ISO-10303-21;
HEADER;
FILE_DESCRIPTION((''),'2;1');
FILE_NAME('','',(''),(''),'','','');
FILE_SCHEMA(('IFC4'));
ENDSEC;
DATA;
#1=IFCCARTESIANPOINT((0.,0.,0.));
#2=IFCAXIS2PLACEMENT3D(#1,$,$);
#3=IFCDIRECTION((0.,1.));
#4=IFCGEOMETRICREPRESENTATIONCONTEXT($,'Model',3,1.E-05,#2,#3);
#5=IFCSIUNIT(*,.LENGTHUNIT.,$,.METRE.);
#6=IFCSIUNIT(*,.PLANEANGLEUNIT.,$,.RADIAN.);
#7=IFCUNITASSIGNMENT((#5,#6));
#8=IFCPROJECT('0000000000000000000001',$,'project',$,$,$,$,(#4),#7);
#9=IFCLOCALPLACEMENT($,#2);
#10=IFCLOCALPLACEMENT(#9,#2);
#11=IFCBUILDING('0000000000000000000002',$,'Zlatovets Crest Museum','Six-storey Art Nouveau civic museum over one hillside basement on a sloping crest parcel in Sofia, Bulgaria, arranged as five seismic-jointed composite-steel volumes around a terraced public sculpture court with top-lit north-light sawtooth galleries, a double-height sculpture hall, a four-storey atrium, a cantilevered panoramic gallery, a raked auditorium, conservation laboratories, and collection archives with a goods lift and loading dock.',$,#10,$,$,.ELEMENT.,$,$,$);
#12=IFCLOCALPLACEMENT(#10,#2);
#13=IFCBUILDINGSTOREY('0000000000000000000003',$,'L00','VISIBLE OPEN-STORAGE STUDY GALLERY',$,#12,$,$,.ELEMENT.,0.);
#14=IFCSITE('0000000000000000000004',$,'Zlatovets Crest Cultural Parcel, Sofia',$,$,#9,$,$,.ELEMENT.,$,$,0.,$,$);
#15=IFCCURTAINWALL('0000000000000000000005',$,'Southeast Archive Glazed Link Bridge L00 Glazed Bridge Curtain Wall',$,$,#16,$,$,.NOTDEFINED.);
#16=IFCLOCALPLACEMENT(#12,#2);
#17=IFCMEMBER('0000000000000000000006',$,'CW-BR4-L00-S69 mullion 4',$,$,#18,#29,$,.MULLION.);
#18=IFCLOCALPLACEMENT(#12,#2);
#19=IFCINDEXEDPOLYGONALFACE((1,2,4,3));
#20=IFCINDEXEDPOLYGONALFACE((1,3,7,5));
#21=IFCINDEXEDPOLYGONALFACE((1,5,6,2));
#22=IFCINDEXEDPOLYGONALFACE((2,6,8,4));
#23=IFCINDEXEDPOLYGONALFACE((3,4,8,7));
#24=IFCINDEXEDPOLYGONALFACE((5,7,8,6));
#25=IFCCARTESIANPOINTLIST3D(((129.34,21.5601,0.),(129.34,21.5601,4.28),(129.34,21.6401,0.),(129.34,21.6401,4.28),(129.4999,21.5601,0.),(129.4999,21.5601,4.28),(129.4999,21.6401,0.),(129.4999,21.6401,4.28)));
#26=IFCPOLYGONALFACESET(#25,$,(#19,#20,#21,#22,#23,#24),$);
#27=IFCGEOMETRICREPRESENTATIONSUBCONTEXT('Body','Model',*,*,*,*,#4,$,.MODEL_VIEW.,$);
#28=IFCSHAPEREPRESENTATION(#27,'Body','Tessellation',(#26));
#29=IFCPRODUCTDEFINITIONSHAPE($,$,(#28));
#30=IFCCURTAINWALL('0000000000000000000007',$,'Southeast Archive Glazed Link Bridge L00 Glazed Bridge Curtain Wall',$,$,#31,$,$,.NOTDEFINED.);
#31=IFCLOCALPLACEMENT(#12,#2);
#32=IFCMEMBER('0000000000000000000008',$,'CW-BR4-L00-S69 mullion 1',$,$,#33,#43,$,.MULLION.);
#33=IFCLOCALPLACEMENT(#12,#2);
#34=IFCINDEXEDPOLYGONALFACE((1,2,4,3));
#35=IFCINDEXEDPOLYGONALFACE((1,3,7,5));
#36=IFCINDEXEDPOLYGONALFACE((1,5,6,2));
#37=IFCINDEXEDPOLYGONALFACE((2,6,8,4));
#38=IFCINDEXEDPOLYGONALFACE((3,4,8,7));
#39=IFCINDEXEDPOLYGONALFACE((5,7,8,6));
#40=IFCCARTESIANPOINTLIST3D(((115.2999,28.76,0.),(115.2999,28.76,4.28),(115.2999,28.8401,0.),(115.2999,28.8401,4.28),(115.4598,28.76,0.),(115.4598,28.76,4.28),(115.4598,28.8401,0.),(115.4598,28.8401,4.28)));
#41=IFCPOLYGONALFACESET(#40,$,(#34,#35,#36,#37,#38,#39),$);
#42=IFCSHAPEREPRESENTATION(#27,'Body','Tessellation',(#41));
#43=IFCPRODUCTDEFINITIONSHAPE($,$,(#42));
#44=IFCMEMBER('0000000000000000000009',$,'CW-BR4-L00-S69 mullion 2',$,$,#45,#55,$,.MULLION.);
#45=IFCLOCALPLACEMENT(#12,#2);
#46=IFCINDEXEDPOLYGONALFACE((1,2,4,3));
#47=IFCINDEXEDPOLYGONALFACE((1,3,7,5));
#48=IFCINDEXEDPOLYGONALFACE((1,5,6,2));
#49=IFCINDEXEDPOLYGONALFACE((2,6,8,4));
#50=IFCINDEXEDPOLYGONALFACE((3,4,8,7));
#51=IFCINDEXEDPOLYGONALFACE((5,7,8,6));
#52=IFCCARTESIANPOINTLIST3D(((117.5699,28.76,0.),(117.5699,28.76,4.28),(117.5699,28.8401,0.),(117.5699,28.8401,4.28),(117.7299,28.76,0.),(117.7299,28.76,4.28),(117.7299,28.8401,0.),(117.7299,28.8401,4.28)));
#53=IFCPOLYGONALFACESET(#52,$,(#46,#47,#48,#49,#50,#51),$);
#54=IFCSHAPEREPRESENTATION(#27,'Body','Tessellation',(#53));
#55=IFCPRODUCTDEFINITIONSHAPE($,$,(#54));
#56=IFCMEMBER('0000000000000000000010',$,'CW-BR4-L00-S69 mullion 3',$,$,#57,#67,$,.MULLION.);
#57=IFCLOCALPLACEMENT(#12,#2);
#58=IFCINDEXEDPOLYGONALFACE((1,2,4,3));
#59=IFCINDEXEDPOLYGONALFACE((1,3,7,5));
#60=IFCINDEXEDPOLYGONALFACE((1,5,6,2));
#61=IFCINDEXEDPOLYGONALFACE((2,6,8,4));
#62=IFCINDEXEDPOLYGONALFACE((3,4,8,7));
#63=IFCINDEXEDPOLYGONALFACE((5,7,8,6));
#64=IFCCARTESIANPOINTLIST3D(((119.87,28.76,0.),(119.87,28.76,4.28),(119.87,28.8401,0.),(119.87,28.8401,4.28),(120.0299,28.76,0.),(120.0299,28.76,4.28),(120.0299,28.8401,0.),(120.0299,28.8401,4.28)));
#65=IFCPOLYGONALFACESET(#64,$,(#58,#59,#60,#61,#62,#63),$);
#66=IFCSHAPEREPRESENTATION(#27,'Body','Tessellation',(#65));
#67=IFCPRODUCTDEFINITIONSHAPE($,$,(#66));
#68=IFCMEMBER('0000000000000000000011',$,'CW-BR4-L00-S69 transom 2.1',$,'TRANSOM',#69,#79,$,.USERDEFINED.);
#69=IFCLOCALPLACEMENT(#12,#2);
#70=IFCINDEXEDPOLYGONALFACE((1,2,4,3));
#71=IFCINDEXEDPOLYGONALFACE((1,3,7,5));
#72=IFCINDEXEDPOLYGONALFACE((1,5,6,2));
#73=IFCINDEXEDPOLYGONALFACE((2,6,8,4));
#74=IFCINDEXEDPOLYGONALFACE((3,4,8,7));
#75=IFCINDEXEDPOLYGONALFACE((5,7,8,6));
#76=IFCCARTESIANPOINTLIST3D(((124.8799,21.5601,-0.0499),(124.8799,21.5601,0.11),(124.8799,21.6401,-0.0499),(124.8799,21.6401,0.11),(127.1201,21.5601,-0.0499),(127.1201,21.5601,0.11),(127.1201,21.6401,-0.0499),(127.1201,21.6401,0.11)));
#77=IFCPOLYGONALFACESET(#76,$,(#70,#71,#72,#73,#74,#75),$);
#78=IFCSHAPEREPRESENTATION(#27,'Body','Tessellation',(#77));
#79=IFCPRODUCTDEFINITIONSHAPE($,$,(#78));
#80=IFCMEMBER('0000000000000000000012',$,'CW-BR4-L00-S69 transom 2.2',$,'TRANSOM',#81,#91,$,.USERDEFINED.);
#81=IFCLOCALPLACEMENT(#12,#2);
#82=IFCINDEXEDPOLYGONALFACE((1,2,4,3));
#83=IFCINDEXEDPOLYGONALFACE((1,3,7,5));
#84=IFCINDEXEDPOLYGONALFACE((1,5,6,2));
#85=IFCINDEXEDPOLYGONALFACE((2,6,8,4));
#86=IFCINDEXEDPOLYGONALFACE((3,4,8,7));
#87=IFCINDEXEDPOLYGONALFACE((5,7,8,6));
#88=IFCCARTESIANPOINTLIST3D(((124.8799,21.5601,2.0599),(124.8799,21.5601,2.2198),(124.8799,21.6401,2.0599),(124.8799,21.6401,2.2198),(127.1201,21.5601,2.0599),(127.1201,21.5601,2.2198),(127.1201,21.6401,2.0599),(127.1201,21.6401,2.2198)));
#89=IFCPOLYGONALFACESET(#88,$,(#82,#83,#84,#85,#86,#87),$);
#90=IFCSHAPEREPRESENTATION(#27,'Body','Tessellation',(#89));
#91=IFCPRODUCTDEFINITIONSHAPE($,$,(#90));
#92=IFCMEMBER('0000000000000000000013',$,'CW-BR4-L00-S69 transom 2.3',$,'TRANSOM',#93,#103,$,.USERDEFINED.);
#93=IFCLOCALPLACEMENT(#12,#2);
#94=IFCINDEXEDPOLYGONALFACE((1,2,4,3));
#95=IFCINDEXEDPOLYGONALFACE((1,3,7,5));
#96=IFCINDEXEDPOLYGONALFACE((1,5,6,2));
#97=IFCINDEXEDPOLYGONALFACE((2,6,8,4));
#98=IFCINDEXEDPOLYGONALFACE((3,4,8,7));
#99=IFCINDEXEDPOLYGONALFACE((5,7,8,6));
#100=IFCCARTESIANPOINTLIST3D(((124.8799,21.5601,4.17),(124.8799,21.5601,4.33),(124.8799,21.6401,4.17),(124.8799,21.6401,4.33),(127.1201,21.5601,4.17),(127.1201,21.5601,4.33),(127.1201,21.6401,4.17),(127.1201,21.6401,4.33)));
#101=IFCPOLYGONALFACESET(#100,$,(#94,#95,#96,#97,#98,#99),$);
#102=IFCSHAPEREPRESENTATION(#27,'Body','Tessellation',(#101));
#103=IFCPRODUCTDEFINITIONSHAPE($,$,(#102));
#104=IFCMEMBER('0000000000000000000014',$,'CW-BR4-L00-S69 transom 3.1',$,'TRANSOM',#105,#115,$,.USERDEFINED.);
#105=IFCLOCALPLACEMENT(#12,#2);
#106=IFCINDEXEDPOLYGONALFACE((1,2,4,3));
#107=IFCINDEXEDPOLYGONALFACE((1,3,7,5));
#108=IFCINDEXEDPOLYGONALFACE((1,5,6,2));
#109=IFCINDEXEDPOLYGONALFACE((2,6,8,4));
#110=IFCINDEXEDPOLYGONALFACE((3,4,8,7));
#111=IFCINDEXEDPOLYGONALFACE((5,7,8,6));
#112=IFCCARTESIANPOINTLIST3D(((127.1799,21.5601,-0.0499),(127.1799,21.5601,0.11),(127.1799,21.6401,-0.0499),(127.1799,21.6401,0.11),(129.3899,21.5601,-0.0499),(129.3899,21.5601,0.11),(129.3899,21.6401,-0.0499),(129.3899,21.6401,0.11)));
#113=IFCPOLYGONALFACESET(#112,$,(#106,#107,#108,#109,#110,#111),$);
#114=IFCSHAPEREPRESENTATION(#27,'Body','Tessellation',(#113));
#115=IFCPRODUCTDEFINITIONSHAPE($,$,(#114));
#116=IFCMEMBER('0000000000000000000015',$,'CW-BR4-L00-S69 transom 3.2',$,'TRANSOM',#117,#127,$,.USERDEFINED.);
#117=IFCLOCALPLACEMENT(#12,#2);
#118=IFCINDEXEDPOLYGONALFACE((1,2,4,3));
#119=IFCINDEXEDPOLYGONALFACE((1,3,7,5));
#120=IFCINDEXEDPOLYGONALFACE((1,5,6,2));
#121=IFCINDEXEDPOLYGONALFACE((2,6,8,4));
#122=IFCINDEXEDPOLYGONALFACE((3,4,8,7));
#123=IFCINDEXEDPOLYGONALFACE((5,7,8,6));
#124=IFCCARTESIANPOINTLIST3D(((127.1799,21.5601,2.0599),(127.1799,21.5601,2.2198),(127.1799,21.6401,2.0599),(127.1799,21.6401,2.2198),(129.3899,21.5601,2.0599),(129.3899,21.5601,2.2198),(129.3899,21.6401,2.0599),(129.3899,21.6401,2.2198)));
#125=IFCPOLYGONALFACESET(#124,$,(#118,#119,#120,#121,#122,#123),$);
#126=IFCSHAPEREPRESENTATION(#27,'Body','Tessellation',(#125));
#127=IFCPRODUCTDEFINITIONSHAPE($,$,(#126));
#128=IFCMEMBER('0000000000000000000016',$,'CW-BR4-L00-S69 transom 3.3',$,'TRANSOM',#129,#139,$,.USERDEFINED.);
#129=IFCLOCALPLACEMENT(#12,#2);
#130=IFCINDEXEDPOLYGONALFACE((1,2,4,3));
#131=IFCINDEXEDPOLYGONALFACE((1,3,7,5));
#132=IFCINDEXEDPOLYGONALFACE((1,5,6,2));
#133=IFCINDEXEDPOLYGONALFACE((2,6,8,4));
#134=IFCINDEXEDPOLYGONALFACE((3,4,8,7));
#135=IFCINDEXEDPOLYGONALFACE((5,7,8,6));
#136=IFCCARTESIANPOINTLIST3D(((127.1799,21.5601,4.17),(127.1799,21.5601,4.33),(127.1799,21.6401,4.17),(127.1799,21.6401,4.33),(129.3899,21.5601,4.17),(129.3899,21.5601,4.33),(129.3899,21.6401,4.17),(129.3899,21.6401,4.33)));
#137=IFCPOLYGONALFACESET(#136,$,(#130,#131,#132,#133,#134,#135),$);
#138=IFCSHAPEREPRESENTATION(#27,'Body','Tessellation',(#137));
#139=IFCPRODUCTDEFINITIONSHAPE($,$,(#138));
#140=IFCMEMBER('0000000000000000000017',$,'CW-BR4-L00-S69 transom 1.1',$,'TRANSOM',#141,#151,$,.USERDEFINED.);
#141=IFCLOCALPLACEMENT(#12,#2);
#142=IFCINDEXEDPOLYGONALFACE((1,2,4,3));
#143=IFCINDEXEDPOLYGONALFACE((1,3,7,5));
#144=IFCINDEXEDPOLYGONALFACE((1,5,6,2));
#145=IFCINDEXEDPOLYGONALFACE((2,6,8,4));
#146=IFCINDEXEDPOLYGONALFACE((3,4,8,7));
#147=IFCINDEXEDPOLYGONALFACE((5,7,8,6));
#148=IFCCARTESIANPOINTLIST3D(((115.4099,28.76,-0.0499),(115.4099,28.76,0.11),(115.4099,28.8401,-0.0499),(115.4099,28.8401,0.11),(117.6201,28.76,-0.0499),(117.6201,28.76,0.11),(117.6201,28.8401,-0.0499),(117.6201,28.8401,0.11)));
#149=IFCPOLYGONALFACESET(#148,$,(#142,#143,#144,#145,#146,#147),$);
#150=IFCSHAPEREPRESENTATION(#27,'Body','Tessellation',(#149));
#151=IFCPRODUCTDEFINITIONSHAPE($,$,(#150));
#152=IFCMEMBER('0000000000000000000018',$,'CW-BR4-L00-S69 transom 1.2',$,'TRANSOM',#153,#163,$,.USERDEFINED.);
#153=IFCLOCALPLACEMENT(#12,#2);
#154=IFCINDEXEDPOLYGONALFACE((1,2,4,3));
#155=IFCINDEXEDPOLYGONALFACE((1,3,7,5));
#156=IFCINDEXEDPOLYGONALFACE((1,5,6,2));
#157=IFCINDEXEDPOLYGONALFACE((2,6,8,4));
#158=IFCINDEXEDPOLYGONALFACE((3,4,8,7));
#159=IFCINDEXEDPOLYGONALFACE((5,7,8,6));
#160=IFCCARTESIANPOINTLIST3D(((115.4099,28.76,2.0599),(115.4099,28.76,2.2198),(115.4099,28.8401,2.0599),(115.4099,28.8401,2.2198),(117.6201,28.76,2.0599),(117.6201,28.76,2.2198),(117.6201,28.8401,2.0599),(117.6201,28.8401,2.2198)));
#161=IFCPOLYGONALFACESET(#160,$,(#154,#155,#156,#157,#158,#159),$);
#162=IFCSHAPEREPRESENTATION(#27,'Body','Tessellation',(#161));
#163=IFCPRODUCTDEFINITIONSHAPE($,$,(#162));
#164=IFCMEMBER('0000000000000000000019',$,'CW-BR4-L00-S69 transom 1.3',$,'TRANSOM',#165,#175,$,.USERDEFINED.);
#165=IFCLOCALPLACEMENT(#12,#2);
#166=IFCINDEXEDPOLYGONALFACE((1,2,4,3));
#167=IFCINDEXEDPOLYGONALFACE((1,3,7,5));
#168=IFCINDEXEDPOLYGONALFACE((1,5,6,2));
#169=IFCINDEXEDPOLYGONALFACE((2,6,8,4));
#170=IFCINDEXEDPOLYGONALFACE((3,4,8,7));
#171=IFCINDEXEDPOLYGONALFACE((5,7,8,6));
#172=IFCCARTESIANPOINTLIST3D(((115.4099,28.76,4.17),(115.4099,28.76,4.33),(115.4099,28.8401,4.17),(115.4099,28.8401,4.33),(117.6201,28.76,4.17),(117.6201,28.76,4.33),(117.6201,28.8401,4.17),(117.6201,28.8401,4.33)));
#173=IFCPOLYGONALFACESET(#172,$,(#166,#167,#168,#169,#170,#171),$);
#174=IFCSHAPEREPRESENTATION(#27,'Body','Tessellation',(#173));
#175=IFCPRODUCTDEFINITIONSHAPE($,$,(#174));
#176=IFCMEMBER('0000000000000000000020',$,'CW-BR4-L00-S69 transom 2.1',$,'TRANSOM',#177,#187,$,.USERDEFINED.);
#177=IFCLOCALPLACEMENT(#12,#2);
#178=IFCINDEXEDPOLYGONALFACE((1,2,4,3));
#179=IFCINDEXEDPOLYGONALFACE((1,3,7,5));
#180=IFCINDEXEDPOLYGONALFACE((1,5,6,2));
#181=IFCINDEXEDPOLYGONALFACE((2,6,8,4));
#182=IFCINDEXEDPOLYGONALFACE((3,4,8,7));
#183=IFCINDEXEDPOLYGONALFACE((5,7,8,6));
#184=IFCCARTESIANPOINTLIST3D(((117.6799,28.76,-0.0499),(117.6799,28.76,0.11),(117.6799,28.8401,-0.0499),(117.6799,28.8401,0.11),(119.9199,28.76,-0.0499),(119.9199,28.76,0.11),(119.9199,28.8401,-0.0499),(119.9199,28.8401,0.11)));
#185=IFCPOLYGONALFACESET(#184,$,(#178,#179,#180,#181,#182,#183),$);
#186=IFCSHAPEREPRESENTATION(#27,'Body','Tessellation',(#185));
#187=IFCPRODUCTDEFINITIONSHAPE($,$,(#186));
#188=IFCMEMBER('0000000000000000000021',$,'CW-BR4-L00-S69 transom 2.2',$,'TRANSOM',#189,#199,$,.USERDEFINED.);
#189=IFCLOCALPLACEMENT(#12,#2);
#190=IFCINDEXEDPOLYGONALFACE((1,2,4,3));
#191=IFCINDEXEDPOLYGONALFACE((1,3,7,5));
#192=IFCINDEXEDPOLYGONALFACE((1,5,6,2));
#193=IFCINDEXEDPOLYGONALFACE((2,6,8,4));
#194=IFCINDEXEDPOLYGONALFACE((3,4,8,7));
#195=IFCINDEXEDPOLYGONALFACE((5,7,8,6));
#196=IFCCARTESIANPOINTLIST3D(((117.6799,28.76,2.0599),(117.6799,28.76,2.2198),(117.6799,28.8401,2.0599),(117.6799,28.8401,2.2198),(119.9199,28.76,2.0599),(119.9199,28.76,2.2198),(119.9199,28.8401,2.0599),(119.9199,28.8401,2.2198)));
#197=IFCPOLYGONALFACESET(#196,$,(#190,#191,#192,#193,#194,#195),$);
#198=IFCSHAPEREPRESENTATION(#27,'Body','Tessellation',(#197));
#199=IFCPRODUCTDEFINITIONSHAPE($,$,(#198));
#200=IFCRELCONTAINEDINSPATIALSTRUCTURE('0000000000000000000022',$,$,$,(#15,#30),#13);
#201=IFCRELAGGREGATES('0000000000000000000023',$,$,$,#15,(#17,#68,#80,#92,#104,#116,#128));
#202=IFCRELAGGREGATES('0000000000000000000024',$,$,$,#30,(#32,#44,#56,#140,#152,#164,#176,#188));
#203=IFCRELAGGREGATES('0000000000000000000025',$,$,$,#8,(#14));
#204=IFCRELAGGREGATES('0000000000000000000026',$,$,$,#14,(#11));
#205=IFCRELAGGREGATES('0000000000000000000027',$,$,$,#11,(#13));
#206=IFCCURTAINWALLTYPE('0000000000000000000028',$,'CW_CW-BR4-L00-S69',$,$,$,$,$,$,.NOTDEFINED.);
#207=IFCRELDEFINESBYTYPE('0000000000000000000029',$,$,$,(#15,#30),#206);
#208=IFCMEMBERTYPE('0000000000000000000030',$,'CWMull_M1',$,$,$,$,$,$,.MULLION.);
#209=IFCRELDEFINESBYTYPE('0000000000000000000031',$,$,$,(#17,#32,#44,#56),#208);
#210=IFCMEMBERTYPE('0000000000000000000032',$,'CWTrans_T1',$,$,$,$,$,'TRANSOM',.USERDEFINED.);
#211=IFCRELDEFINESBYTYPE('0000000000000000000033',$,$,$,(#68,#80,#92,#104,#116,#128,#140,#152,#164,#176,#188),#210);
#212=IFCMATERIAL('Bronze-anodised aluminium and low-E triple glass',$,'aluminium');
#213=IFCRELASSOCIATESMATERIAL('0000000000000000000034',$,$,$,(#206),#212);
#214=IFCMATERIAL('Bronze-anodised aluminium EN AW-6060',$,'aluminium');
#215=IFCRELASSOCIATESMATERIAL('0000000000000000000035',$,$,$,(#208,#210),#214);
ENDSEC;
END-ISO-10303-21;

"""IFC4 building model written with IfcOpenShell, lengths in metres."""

from ifc_helpers import new_model, si_unit, direction, frame, origin, origin_2d, place, context, subcontext, project, spatial, rectangle, extrude, material, material_profile, profile_set, type_object, element, aggregate, save


model = new_model("IFC4")

# Units and contexts
model_context = context("Model", 3, precision=1e-05, world=origin(), true_north=direction((0.0, 1.0)))
body_context = subcontext(model_context, "Body", "Model", "MODEL_VIEW")
ifc_project = project(units=[si_unit("LENGTHUNIT", "METRE"), si_unit("PLANEANGLEUNIT", "RADIAN")], contexts=[model_context])

# Site, building, storey
site_placement = place(None, origin())
site = spatial("IfcSite", under=ifc_project, at=site_placement, Name="Zlatovets Crest Cultural Parcel, Sofia", CompositionType="ELEMENT", RefElevation=0.0)
building_placement = place(site_placement, origin())
building = spatial("IfcBuilding", under=site, at=building_placement, Name="Zlatovets Crest Museum", Description="Six-storey Art Nouveau civic museum over one hillside basement on a sloping crest parcel in Sofia, Bulgaria, arranged as five seismic-jointed composite-steel volumes around a terraced public sculpture court with top-lit north-light sawtooth galleries, a double-height sculpture hall, a four-storey atrium, a cantilevered panoramic gallery, a raked auditorium, conservation laboratories, and collection archives with a goods lift and loading dock.", CompositionType="ELEMENT")
storey_placement = place(building_placement, origin())
storey = spatial("IfcBuildingStorey", under=building, at=storey_placement, Name="L00", Description="VISIBLE OPEN-STORAGE STUDY GALLERY", CompositionType="ELEMENT", Elevation=0.0)

# Curtain walls, members
ifc_material_1 = material(Name="Bronze-anodised aluminium and low-E triple glass", Category="aluminium")
curtain_wall_type = type_object("IfcCurtainWallType", Name="CW_CW-BR4-L00-S69", PredefinedType="NOTDEFINED", material=ifc_material_1)
curtain_wall_1_placement = place(storey_placement, origin())
curtain_wall_1 = element("IfcCurtainWall", 1, at=curtain_wall_1_placement, inside=storey, type_object=curtain_wall_type, Name="Southeast Archive Glazed Link Bridge L00 Glazed Bridge Curtain Wall", PredefinedType="NOTDEFINED")
ifc_material_2 = material(Name="Bronze-anodised aluminium EN AW-6060", Category="aluminium")
ifc_material_profile_1 = material_profile(ifc_material_2, rectangle(XDim=0.0801, YDim=0.1599, at=origin_2d()), Name="ALU 80x160")
ifc_profile_set_1 = profile_set([ifc_material_profile_1], Name="Bronze-anodised aluminium EN AW-6060")
member_type_1 = type_object("IfcMemberType", Name="CWMull_M1", PredefinedType="MULLION", material=ifc_profile_set_1)
member_1_placement = place(storey_placement, frame((129.4199, 21.6001, 0.0), z_axis=(0.0, 0.0, 1.0), x_axis=(0.0, 1.0, 0.0)))
member_1 = element("IfcMember", 2, at=member_1_placement, type_object=member_type_1, Name="CW-BR4-L00-S69 mullion 4", PredefinedType="MULLION", context=body_context, shape_type="SweptSolid", body=[
    extrude(rectangle(XDim=0.0801, YDim=0.1599, at=origin_2d()), origin(), (0.0, 0.0, 1.0), 4.28),
])
curtain_wall_2_placement = place(storey_placement, origin())
curtain_wall_2 = element("IfcCurtainWall", 3, at=curtain_wall_2_placement, inside=storey, type_object=curtain_wall_type, Name="Southeast Archive Glazed Link Bridge L00 Glazed Bridge Curtain Wall", PredefinedType="NOTDEFINED")
member_2_placement = place(storey_placement, frame((115.3799, 28.8, 0.0), z_axis=(0.0, 0.0, 1.0), x_axis=(0.0, 1.0, 0.0)))
member_2 = element("IfcMember", 4, at=member_2_placement, type_object=member_type_1, Name="CW-BR4-L00-S69 mullion 1", PredefinedType="MULLION", context=body_context, shape_type="SweptSolid", body=[
    extrude(rectangle(XDim=0.0801, YDim=0.1599, at=origin_2d()), origin(), (0.0, 0.0, 1.0), 4.28),
])
member_3_placement = place(storey_placement, frame((117.6499, 28.8, 0.0), z_axis=(0.0, 0.0, 1.0), x_axis=(0.0, 1.0, 0.0)))
member_3 = element("IfcMember", 5, at=member_3_placement, type_object=member_type_1, Name="CW-BR4-L00-S69 mullion 2", PredefinedType="MULLION", context=body_context, shape_type="SweptSolid", body=[
    extrude(rectangle(XDim=0.0801, YDim=0.1599, at=origin_2d()), origin(), (0.0, 0.0, 1.0), 4.28),
])
member_4_placement = place(storey_placement, frame((119.95, 28.8, 0.0), z_axis=(0.0, 0.0, 1.0), x_axis=(0.0, 1.0, 0.0)))
member_4 = element("IfcMember", 6, at=member_4_placement, type_object=member_type_1, Name="CW-BR4-L00-S69 mullion 3", PredefinedType="MULLION", context=body_context, shape_type="SweptSolid", body=[
    extrude(rectangle(XDim=0.0801, YDim=0.1599, at=origin_2d()), origin(), (0.0, 0.0, 1.0), 4.28),
])

# Members
ifc_material_profile_2 = material_profile(ifc_material_2, rectangle(XDim=0.0801, YDim=0.1599, at=origin_2d()), Name="ALU 80x160")
ifc_profile_set_2 = profile_set([ifc_material_profile_2], Name="Bronze-anodised aluminium EN AW-6060")
member_type_2 = type_object("IfcMemberType", Name="CWTrans_T1", ElementType="TRANSOM", PredefinedType="USERDEFINED", material=ifc_profile_set_2)
member_5_placement = place(storey_placement, frame((124.8799, 21.6001, 0.03), z_axis=(1.0, 0.0, 0.0), x_axis=(0.0, 1.0, 0.0)))
member_5 = element("IfcMember", 7, at=member_5_placement, type_object=member_type_2, Name="CW-BR4-L00-S69 transom 2.1", ObjectType="TRANSOM", PredefinedType="USERDEFINED", context=body_context, shape_type="SweptSolid", body=[
    extrude(rectangle(XDim=0.0801, YDim=0.1599, at=origin_2d()), origin(), (0.0, 0.0, 1.0), 2.2402),
])
member_6_placement = place(storey_placement, frame((124.8799, 21.6001, 2.1399), z_axis=(1.0, 0.0, 0.0), x_axis=(0.0, 1.0, 0.0)))
member_6 = element("IfcMember", 8, at=member_6_placement, type_object=member_type_2, Name="CW-BR4-L00-S69 transom 2.2", ObjectType="TRANSOM", PredefinedType="USERDEFINED", context=body_context, shape_type="SweptSolid", body=[
    extrude(rectangle(XDim=0.0801, YDim=0.1599, at=origin_2d()), origin(), (0.0, 0.0, 1.0), 2.2402),
])
member_7_placement = place(storey_placement, frame((124.8799, 21.6001, 4.25), z_axis=(1.0, 0.0, 0.0), x_axis=(0.0, 1.0, 0.0)))
member_7 = element("IfcMember", 9, at=member_7_placement, type_object=member_type_2, Name="CW-BR4-L00-S69 transom 2.3", ObjectType="TRANSOM", PredefinedType="USERDEFINED", context=body_context, shape_type="SweptSolid", body=[
    extrude(rectangle(XDim=0.0801, YDim=0.1599, at=origin_2d()), origin(), (0.0, 0.0, 1.0), 2.2402),
])
member_8_placement = place(storey_placement, frame((127.1799, 21.6001, 0.03), z_axis=(1.0, 0.0, 0.0), x_axis=(0.0, 1.0, 0.0)))
member_8 = element("IfcMember", 10, at=member_8_placement, type_object=member_type_2, Name="CW-BR4-L00-S69 transom 3.1", ObjectType="TRANSOM", PredefinedType="USERDEFINED", context=body_context, shape_type="SweptSolid", body=[
    extrude(rectangle(XDim=0.0801, YDim=0.1599, at=origin_2d()), origin(), (0.0, 0.0, 1.0), 2.21),
])
member_9_placement = place(storey_placement, frame((127.1799, 21.6001, 2.1399), z_axis=(1.0, 0.0, 0.0), x_axis=(0.0, 1.0, 0.0)))
member_9 = element("IfcMember", 11, at=member_9_placement, type_object=member_type_2, Name="CW-BR4-L00-S69 transom 3.2", ObjectType="TRANSOM", PredefinedType="USERDEFINED", context=body_context, shape_type="SweptSolid", body=[
    extrude(rectangle(XDim=0.0801, YDim=0.1599, at=origin_2d()), origin(), (0.0, 0.0, 1.0), 2.21),
])
member_10_placement = place(storey_placement, frame((127.1799, 21.6001, 4.25), z_axis=(1.0, 0.0, 0.0), x_axis=(0.0, 1.0, 0.0)))
member_10 = element("IfcMember", 12, at=member_10_placement, type_object=member_type_2, Name="CW-BR4-L00-S69 transom 3.3", ObjectType="TRANSOM", PredefinedType="USERDEFINED", context=body_context, shape_type="SweptSolid", body=[
    extrude(rectangle(XDim=0.0801, YDim=0.1599, at=origin_2d()), origin(), (0.0, 0.0, 1.0), 2.21),
])
member_11_placement = place(storey_placement, frame((115.4099, 28.8, 0.03), z_axis=(1.0, 0.0, 0.0), x_axis=(0.0, 1.0, 0.0)))
member_11 = element("IfcMember", 13, at=member_11_placement, type_object=member_type_2, Name="CW-BR4-L00-S69 transom 1.1", ObjectType="TRANSOM", PredefinedType="USERDEFINED", context=body_context, shape_type="SweptSolid", body=[
    extrude(rectangle(XDim=0.0801, YDim=0.1599, at=origin_2d()), origin(), (0.0, 0.0, 1.0), 2.2102),
])
member_12_placement = place(storey_placement, frame((115.4099, 28.8, 2.1399), z_axis=(1.0, 0.0, 0.0), x_axis=(0.0, 1.0, 0.0)))
member_12 = element("IfcMember", 14, at=member_12_placement, type_object=member_type_2, Name="CW-BR4-L00-S69 transom 1.2", ObjectType="TRANSOM", PredefinedType="USERDEFINED", context=body_context, shape_type="SweptSolid", body=[
    extrude(rectangle(XDim=0.0801, YDim=0.1599, at=origin_2d()), origin(), (0.0, 0.0, 1.0), 2.2102),
])
member_13_placement = place(storey_placement, frame((115.4099, 28.8, 4.25), z_axis=(1.0, 0.0, 0.0), x_axis=(0.0, 1.0, 0.0)))
member_13 = element("IfcMember", 15, at=member_13_placement, type_object=member_type_2, Name="CW-BR4-L00-S69 transom 1.3", ObjectType="TRANSOM", PredefinedType="USERDEFINED", context=body_context, shape_type="SweptSolid", body=[
    extrude(rectangle(XDim=0.0801, YDim=0.1599, at=origin_2d()), origin(), (0.0, 0.0, 1.0), 2.2102),
])
member_14_placement = place(storey_placement, frame((117.6799, 28.8, 0.03), z_axis=(1.0, 0.0, 0.0), x_axis=(0.0, 1.0, 0.0)))
member_14 = element("IfcMember", 16, at=member_14_placement, type_object=member_type_2, Name="CW-BR4-L00-S69 transom 2.1", ObjectType="TRANSOM", PredefinedType="USERDEFINED", context=body_context, shape_type="SweptSolid", body=[
    extrude(rectangle(XDim=0.0801, YDim=0.1599, at=origin_2d()), origin(), (0.0, 0.0, 1.0), 2.24),
])
member_15_placement = place(storey_placement, frame((117.6799, 28.8, 2.1399), z_axis=(1.0, 0.0, 0.0), x_axis=(0.0, 1.0, 0.0)))
member_15 = element("IfcMember", 17, at=member_15_placement, type_object=member_type_2, Name="CW-BR4-L00-S69 transom 2.2", ObjectType="TRANSOM", PredefinedType="USERDEFINED", context=body_context, shape_type="SweptSolid", body=[
    extrude(rectangle(XDim=0.0801, YDim=0.1599, at=origin_2d()), origin(), (0.0, 0.0, 1.0), 2.24),
])

aggregate(curtain_wall_1, [member_1, member_5, member_6, member_7, member_8, member_9, member_10])
aggregate(curtain_wall_2, [member_2, member_3, member_4, member_11, member_12, member_13, member_14, member_15])

save(model, "model.ifc")
